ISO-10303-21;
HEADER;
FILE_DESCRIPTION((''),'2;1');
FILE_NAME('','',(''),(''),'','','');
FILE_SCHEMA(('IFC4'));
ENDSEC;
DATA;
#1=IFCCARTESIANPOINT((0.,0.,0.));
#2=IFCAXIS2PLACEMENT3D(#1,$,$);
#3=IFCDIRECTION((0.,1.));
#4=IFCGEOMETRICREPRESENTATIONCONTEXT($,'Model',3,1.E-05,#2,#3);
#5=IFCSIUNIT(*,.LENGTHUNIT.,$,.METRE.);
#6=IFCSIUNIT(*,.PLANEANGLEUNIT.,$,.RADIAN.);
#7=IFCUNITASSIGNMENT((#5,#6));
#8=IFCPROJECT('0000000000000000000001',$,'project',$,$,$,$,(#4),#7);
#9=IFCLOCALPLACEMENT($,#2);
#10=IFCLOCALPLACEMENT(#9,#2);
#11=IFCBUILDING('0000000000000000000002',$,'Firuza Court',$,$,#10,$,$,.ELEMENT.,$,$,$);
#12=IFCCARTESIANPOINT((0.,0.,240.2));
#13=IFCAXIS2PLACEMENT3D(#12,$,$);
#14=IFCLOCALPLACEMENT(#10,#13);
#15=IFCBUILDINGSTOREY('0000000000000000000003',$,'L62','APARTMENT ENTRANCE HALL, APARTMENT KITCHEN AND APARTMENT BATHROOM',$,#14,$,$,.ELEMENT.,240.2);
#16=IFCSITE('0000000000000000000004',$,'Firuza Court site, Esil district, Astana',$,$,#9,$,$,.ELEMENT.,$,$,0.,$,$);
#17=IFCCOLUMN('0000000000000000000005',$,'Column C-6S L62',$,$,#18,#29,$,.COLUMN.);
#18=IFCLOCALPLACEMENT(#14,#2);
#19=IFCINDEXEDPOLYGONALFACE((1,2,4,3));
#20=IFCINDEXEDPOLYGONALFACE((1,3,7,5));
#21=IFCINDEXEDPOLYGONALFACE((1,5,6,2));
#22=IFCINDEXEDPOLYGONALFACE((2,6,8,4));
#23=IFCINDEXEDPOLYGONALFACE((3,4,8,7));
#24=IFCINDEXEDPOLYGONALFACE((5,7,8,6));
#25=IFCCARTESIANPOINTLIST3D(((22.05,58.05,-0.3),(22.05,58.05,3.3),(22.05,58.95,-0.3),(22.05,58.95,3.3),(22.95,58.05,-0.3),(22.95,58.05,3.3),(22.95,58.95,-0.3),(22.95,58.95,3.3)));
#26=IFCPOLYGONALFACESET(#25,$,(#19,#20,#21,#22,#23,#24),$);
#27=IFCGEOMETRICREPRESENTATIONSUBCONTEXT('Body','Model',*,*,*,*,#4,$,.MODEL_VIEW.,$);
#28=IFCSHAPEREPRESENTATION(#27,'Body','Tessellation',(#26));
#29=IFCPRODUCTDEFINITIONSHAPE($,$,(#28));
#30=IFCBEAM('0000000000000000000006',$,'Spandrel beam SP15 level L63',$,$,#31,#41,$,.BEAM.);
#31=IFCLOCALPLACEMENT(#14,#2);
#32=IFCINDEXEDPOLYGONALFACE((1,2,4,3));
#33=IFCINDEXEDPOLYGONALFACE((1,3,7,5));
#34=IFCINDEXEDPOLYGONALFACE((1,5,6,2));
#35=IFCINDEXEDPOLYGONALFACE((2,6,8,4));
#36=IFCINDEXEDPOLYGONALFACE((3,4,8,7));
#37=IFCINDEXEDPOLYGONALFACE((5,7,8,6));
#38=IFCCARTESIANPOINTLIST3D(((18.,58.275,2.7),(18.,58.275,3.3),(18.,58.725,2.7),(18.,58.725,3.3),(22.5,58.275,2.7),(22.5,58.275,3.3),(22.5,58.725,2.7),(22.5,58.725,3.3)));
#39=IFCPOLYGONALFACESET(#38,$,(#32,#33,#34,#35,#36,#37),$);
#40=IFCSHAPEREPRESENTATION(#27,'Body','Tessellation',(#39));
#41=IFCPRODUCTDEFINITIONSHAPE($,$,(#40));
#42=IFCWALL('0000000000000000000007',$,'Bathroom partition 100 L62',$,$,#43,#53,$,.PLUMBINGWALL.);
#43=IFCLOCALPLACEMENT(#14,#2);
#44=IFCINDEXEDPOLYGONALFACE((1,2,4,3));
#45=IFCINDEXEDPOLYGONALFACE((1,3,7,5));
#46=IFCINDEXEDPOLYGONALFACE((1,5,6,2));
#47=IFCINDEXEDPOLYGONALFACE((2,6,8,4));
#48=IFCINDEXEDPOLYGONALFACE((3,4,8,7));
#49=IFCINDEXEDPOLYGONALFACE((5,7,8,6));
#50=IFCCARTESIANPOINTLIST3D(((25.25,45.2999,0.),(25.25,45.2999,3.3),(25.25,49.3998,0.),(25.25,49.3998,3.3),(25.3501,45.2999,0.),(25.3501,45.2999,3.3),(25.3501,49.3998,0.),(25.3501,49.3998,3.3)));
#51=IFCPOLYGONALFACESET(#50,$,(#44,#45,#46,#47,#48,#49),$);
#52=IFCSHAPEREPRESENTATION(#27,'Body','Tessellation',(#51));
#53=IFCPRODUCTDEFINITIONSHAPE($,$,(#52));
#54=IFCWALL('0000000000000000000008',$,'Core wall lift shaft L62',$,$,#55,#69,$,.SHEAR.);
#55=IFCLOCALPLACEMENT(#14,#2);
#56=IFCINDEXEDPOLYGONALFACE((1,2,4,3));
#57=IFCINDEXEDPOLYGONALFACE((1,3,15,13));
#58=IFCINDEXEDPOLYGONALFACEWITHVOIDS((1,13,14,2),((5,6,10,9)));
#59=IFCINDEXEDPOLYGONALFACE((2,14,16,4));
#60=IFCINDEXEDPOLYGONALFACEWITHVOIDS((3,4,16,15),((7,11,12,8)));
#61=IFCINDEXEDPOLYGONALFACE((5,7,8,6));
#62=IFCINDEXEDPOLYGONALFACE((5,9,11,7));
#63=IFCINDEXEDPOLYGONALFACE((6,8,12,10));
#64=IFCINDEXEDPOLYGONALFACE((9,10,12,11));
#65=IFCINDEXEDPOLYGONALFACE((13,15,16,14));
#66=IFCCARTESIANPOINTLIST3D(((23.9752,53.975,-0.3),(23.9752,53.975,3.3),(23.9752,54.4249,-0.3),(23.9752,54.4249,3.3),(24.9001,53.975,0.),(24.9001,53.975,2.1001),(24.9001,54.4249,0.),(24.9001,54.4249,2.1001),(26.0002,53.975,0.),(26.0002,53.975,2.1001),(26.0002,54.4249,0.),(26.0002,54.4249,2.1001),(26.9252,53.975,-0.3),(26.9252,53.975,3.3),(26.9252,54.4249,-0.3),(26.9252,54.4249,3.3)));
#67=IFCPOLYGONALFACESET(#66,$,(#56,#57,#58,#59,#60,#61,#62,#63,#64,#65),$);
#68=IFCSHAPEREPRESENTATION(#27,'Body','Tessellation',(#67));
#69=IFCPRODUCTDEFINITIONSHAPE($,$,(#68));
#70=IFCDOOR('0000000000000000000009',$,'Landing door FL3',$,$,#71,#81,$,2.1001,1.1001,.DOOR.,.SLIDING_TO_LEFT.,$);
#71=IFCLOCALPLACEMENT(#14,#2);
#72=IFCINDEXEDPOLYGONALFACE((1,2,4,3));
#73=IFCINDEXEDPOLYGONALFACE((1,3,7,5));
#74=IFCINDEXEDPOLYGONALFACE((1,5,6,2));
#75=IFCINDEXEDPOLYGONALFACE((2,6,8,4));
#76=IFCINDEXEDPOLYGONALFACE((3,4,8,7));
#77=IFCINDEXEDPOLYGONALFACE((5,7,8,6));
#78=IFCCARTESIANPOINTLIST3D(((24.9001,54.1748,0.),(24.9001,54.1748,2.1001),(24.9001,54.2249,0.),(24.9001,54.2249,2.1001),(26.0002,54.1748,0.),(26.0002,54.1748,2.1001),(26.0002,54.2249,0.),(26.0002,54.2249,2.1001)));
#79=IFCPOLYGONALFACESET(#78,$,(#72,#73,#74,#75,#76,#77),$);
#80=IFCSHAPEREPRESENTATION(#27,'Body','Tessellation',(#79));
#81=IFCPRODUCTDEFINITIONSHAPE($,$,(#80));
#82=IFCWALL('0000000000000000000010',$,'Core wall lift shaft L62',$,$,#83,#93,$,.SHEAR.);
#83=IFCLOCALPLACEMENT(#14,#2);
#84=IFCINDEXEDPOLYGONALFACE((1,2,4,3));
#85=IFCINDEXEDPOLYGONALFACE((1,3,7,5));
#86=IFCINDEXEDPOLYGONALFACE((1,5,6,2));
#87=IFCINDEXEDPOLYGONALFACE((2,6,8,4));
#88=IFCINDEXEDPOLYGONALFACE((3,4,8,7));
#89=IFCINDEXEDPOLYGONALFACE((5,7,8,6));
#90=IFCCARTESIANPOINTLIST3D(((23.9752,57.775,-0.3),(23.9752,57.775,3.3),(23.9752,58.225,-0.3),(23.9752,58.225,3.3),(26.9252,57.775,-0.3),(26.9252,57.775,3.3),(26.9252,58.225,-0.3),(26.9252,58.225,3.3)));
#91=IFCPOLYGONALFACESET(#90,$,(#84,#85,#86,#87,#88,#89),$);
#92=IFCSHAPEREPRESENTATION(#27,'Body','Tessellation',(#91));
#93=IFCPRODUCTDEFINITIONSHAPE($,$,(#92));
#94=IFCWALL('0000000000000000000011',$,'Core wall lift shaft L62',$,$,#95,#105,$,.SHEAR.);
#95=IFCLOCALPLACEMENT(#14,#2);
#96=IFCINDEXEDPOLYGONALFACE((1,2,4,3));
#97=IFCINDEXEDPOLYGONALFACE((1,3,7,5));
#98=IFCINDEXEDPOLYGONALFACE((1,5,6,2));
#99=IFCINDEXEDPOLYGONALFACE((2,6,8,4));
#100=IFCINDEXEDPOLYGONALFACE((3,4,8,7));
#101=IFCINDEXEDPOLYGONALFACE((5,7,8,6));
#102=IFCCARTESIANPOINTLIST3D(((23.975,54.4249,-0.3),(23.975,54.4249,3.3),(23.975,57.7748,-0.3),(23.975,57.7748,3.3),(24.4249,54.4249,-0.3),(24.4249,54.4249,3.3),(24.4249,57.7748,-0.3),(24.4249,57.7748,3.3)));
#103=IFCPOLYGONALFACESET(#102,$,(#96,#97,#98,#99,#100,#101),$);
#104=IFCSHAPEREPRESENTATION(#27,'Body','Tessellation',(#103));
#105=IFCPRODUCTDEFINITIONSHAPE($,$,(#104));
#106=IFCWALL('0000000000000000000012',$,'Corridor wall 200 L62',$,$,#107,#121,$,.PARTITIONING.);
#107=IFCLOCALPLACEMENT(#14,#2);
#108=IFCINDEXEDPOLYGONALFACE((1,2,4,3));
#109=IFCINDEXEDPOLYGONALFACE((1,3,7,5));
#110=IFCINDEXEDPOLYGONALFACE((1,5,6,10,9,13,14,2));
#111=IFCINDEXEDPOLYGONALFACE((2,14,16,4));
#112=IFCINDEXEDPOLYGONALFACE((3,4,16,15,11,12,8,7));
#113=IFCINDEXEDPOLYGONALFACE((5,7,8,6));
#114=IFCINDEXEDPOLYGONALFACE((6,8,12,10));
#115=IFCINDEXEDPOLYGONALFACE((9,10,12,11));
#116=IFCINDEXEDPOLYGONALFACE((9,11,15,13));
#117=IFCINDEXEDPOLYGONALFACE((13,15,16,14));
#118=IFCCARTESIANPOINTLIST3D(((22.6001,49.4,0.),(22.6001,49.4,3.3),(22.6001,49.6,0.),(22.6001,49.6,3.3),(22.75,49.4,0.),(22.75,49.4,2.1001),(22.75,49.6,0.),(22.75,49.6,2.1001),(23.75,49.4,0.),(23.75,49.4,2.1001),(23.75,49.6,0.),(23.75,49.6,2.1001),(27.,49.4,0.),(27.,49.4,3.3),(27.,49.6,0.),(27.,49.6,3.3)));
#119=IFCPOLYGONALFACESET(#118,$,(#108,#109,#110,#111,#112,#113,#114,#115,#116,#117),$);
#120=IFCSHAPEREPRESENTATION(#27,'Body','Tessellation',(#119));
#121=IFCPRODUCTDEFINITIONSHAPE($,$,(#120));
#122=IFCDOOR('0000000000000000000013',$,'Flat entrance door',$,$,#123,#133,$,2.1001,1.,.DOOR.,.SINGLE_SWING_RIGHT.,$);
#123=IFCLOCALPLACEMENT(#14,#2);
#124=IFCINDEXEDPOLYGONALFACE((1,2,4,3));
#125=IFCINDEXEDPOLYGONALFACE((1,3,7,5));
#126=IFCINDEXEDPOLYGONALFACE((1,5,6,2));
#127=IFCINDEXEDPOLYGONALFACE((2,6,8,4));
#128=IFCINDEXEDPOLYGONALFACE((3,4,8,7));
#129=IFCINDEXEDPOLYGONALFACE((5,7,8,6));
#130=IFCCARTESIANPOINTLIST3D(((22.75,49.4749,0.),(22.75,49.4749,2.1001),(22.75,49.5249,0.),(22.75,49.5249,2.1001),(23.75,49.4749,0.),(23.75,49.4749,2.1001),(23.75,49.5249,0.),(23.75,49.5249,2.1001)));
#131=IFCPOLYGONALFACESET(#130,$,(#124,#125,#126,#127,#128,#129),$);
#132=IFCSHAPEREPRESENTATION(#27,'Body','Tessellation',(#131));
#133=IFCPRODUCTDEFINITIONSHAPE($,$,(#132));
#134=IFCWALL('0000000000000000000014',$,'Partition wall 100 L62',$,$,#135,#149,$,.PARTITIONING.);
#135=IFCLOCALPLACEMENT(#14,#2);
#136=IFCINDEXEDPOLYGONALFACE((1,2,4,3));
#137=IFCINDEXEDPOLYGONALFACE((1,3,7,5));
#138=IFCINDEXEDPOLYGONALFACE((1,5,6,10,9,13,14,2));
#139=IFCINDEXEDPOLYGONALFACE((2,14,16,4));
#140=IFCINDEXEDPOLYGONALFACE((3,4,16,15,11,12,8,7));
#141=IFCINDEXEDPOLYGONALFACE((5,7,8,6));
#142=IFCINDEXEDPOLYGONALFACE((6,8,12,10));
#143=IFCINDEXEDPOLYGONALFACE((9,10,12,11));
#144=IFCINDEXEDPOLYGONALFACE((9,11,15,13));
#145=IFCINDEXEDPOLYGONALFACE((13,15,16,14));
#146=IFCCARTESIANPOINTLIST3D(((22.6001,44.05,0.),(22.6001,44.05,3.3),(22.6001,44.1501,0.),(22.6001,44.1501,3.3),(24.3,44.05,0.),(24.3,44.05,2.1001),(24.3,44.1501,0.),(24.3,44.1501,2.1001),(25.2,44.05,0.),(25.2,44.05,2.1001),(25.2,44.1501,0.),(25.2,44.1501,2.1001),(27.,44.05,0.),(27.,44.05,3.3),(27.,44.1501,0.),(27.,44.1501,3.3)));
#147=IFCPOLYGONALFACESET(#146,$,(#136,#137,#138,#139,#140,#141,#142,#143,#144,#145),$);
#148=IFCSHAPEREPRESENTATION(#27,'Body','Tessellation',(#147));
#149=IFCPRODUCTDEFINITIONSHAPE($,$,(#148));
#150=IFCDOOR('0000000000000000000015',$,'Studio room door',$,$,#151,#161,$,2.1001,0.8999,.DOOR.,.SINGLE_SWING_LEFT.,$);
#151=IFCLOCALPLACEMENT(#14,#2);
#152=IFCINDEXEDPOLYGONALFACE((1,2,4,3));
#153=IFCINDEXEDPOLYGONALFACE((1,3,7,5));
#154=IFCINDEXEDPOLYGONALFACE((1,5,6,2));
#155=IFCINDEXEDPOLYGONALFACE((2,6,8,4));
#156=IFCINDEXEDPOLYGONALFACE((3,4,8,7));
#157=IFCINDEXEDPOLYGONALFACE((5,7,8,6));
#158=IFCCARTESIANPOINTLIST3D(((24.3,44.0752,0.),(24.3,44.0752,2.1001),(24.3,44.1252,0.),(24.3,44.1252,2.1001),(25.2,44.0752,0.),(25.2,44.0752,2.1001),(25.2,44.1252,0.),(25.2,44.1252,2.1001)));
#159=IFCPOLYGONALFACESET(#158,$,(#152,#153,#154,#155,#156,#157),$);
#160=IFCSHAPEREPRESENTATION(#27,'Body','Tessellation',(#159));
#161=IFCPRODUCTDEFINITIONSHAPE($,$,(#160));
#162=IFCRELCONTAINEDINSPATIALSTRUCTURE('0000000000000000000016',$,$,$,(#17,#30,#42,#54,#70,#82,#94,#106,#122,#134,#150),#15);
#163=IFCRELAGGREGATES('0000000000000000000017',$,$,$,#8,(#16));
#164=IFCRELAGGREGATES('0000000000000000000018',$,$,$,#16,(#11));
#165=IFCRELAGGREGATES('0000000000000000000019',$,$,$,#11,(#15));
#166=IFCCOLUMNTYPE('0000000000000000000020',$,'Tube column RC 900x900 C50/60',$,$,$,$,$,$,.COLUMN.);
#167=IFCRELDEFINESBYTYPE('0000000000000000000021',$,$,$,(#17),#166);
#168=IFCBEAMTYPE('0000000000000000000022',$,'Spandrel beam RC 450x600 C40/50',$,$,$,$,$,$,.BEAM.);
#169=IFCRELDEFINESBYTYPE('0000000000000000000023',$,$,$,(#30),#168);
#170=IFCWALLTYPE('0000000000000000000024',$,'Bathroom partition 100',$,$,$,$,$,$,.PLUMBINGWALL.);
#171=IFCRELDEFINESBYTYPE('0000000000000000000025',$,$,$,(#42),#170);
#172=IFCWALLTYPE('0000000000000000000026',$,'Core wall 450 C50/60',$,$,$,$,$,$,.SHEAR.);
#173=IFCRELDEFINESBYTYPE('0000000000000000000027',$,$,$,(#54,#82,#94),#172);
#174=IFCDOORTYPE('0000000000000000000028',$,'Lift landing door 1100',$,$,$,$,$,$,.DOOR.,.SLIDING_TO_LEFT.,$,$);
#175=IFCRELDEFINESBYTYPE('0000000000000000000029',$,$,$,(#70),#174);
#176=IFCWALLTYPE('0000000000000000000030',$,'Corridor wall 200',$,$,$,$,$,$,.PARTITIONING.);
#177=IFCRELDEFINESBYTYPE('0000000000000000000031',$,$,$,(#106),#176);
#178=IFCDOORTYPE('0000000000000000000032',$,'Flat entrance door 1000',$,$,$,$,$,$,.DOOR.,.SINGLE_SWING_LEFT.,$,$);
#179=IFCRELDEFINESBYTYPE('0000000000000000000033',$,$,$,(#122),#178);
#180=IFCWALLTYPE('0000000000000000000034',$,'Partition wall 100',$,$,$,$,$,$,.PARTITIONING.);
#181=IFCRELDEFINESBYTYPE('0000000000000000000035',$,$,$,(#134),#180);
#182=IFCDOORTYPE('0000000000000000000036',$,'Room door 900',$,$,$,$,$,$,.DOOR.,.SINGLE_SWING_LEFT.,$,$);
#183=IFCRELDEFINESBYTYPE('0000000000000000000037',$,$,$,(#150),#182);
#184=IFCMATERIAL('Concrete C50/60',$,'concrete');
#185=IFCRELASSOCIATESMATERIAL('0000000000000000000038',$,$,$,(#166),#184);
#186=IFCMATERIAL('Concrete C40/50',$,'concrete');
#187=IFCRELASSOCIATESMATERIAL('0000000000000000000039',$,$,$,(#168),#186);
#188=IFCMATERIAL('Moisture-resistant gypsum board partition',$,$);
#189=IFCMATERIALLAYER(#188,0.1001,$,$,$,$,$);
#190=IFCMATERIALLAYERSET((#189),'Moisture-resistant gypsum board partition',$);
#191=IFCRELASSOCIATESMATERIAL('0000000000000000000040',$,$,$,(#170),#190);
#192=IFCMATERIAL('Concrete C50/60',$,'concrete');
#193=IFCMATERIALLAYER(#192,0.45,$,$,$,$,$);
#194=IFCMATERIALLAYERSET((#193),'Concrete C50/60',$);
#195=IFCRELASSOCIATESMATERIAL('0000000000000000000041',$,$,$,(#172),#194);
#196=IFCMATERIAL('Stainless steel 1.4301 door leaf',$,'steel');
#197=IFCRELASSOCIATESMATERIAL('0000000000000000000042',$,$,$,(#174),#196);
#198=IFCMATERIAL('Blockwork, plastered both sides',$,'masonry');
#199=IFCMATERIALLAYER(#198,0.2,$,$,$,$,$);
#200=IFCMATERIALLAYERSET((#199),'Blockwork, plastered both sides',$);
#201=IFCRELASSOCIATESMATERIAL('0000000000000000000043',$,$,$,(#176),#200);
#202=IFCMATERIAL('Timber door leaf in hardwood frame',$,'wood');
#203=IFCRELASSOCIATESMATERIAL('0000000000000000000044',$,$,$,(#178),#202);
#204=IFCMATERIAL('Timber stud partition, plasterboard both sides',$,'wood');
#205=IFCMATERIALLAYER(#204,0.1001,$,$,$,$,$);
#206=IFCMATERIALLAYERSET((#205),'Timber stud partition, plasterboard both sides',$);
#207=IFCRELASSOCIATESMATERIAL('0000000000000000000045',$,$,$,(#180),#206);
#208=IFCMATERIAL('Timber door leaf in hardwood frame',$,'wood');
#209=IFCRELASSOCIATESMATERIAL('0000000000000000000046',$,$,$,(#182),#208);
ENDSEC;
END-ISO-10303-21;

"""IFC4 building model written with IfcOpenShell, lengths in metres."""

from ifc_helpers import new_model, si_unit, direction, frame, frame_2d, origin, origin_2d, place, context, subcontext, project, spatial, rectangle, extrude, material, layer, layer_set, material_profile, profile_set, type_object, element, fill, save


model = new_model("IFC4")

# Units and contexts
model_context = context("Model", 3, precision=1e-05, world=origin(), true_north=direction((0.0, 1.0)))
body_context = subcontext(model_context, "Body", "Model", "MODEL_VIEW")
ifc_project = project(units=[si_unit("LENGTHUNIT", "METRE"), si_unit("PLANEANGLEUNIT", "RADIAN")], contexts=[model_context])

# Site, building, storey
site_placement = place(None, origin())
site = spatial("IfcSite", under=ifc_project, at=site_placement, Name="Firuza Court site, Esil district, Astana", CompositionType="ELEMENT", RefElevation=0.0)
building_placement = place(site_placement, origin())
building = spatial("IfcBuilding", under=site, at=building_placement, Name="Firuza Court", CompositionType="ELEMENT")
storey_placement = place(building_placement, frame((0.0, 0.0, 240.2)))
storey = spatial("IfcBuildingStorey", under=building, at=storey_placement, Name="L62", Description="APARTMENT ENTRANCE HALL, APARTMENT KITCHEN AND APARTMENT BATHROOM", CompositionType="ELEMENT", Elevation=240.2)

# Column
ifc_material_1 = material(Name="Concrete C50/60", Category="concrete")
ifc_material_profile_1 = material_profile(ifc_material_1, rectangle(XDim=0.8999, YDim=0.8999, at=origin_2d()), Name="RC 900x900")
ifc_profile_set_1 = profile_set([ifc_material_profile_1], Name="Concrete C50/60")
column_type = type_object("IfcColumnType", Name="Tube column RC 900x900 C50/60", PredefinedType="COLUMN", material=ifc_profile_set_1)
column_placement = place(storey_placement, frame((22.5, 58.5, -0.3), z_axis=(0.0, 0.0, 1.0), x_axis=(1.0, 0.0, 0.0)))
element("IfcColumn", 1, at=column_placement, inside=storey, type_object=column_type, Name="Column C-6S L62", PredefinedType="COLUMN", context=body_context, shape_type="SweptSolid", body=[
    extrude(rectangle(XDim=0.8999, YDim=0.8999, at=origin_2d()), origin(), (0.0, 0.0, 1.0), 3.6001),
])

# Beam
ifc_material_2 = material(Name="Concrete C40/50", Category="concrete")
ifc_material_profile_2 = material_profile(ifc_material_2, rectangle(XDim=0.45, YDim=0.6001, at=origin_2d()), Name="RC 450x600")
ifc_profile_set_2 = profile_set([ifc_material_profile_2], Name="Concrete C40/50")
beam_type = type_object("IfcBeamType", Name="Spandrel beam RC 450x600 C40/50", PredefinedType="BEAM", material=ifc_profile_set_2)
beam_placement = place(storey_placement, frame((22.5, 58.5, 3.0), z_axis=(-1.0, 0.0, 0.0), x_axis=(0.0, -1.0, 0.0)))
element("IfcBeam", 2, at=beam_placement, inside=storey, type_object=beam_type, Name="Spandrel beam SP15 level L63", PredefinedType="BEAM", context=body_context, shape_type="SweptSolid", body=[
    extrude(rectangle(XDim=0.45, YDim=0.6001, at=origin_2d()), origin(), (0.0, 0.0, 1.0), 4.5),
])

# Wall
ifc_material_3 = material(Name="Moisture-resistant gypsum board partition")
ifc_layer_1 = layer(ifc_material_3, 0.1001)
ifc_layer_set_1 = layer_set([ifc_layer_1], Name="Moisture-resistant gypsum board partition")
wall_type_1 = type_object("IfcWallType", Name="Bathroom partition 100", PredefinedType="PLUMBINGWALL", material=ifc_layer_set_1)
wall_1_placement = place(storey_placement, frame((25.3, 45.3, 0.0), z_axis=(0.0, 0.0, 1.0), x_axis=(0.0, 1.0, 0.0)))
element("IfcWall", 3, at=wall_1_placement, inside=storey, type_object=wall_type_1, Name="Bathroom partition 100 L62", PredefinedType="PLUMBINGWALL", context=body_context, shape_type="SweptSolid", body=[
    extrude(rectangle(XDim=4.0999, YDim=0.1001, at=frame_2d((2.0498, 0.0))), origin(), (0.0, 0.0, 1.0), 3.3),
])

# Wall, opening, door
ifc_material_4 = material(Name="Concrete C50/60", Category="concrete")
ifc_layer_2 = layer(ifc_material_4, 0.45)
ifc_layer_set_2 = layer_set([ifc_layer_2], Name="Concrete C50/60")
wall_type_2 = type_object("IfcWallType", Name="Core wall 450 C50/60", PredefinedType="SHEAR", material=ifc_layer_set_2)
wall_2_placement = place(storey_placement, frame((23.9751, 54.2, -0.3), z_axis=(0.0, 0.0, 1.0), x_axis=(1.0, 0.0, 0.0)))
wall_2 = element("IfcWall", 4, at=wall_2_placement, inside=storey, type_object=wall_type_2, Name="Core wall lift shaft L62", PredefinedType="SHEAR", context=body_context, shape_type="SweptSolid", body=[
    extrude(rectangle(XDim=2.95, YDim=0.45, at=frame_2d((1.4751, 0.0))), origin(), (0.0, 0.0, 1.0), 3.6001),
])
opening_1_placement = place(wall_2_placement, frame((0.925, 0.0, 0.3)))
opening_1 = element("IfcOpeningElement", 5, at=opening_1_placement, cuts=wall_2, PredefinedType="OPENING", context=body_context, shape_type="SweptSolid", body=[
    extrude(rectangle(XDim=1.1001, YDim=2.1001, at=frame_2d((0.55, 1.05))), frame((0.0, 0.2368, 0.0), z_axis=(0.0, -1.0, 0.0), x_axis=(1.0, 0.0, 0.0)), (0.0, 0.0, 1.0), 0.4739),
])
ifc_material_5 = material(Name="Stainless steel 1.4301 door leaf", Category="steel")
door_type_1 = type_object("IfcDoorType", Name="Lift landing door 1100", OperationType="SLIDING_TO_LEFT", PredefinedType="DOOR", material=ifc_material_5)
door_1_placement = place(opening_1_placement, origin())
door_1 = element("IfcDoor", 6, at=door_1_placement, inside=storey, type_object=door_type_1, Name="Landing door FL3", OperationType="SLIDING_TO_LEFT", OverallHeight=2.1001, OverallWidth=1.1001, PredefinedType="DOOR", context=body_context, shape_type="SweptSolid", body=[
    extrude(rectangle(XDim=1.1001, YDim=2.1001, at=frame_2d((0.55, 1.05))), frame((0.0, 0.0249, 0.0), z_axis=(0.0, -1.0, 0.0), x_axis=(1.0, 0.0, 0.0)), (0.0, 0.0, 1.0), 0.05),
])
fill(opening_1, door_1)

# Walls
wall_3_placement = place(storey_placement, frame((23.9751, 58.0, -0.3), z_axis=(0.0, 0.0, 1.0), x_axis=(1.0, 0.0, 0.0)))
element("IfcWall", 7, at=wall_3_placement, inside=storey, type_object=wall_type_2, Name="Core wall lift shaft L62", PredefinedType="SHEAR", context=body_context, shape_type="SweptSolid", body=[
    extrude(rectangle(XDim=2.95, YDim=0.45, at=frame_2d((1.4751, 0.0))), origin(), (0.0, 0.0, 1.0), 3.6001),
])
wall_4_placement = place(storey_placement, frame((24.2, 54.425, -0.3), z_axis=(0.0, 0.0, 1.0), x_axis=(0.0, 1.0, 0.0)))
element("IfcWall", 8, at=wall_4_placement, inside=storey, type_object=wall_type_2, Name="Core wall lift shaft L62", PredefinedType="SHEAR", context=body_context, shape_type="SweptSolid", body=[
    extrude(rectangle(XDim=3.3499, YDim=0.45, at=frame_2d((1.6748, 0.0))), origin(), (0.0, 0.0, 1.0), 3.6001),
])

# Walls, openings, doors
ifc_material_6 = material(Name="Blockwork, plastered both sides", Category="masonry")
ifc_layer_3 = layer(ifc_material_6, 0.2)
ifc_layer_set_3 = layer_set([ifc_layer_3], Name="Blockwork, plastered both sides")
wall_type_3 = type_object("IfcWallType", Name="Corridor wall 200", PredefinedType="PARTITIONING", material=ifc_layer_set_3)
wall_5_placement = place(storey_placement, frame((22.6001, 49.5, 0.0), z_axis=(0.0, 0.0, 1.0), x_axis=(1.0, 0.0, 0.0)))
wall_5 = element("IfcWall", 9, at=wall_5_placement, inside=storey, type_object=wall_type_3, Name="Corridor wall 200 L62", PredefinedType="PARTITIONING", context=body_context, shape_type="SweptSolid", body=[
    extrude(rectangle(XDim=4.3999, YDim=0.2, at=frame_2d((2.2, 0.0))), origin(), (0.0, 0.0, 1.0), 3.3),
])
opening_2_placement = place(wall_5_placement, frame((0.1499, 0.0, 0.0)))
opening_2 = element("IfcOpeningElement", 10, at=opening_2_placement, cuts=wall_5, PredefinedType="OPENING", context=body_context, shape_type="SweptSolid", body=[
    extrude(rectangle(XDim=1.0, YDim=2.1001, at=frame_2d((0.5, 1.05))), frame((0.0, 0.1118, 0.0), z_axis=(0.0, -1.0, 0.0), x_axis=(1.0, 0.0, 0.0)), (0.0, 0.0, 1.0), 0.2239),
])
ifc_material_7 = material(Name="Timber door leaf in hardwood frame", Category="wood")
door_type_2 = type_object("IfcDoorType", Name="Flat entrance door 1000", OperationType="SINGLE_SWING_LEFT", PredefinedType="DOOR", material=ifc_material_7)
door_2_placement = place(opening_2_placement, origin())
door_2 = element("IfcDoor", 11, at=door_2_placement, inside=storey, type_object=door_type_2, Name="Flat entrance door", OperationType="SINGLE_SWING_RIGHT", OverallHeight=2.1001, OverallWidth=1.0, PredefinedType="DOOR", context=body_context, shape_type="SweptSolid", body=[
    extrude(rectangle(XDim=1.0, YDim=2.1001, at=frame_2d((0.5, 1.05))), frame((0.0, 0.0249, 0.0), z_axis=(0.0, -1.0, 0.0), x_axis=(1.0, 0.0, 0.0)), (0.0, 0.0, 1.0), 0.05),
])
fill(opening_2, door_2)
ifc_material_8 = material(Name="Timber stud partition, plasterboard both sides", Category="wood")
ifc_layer_4 = layer(ifc_material_8, 0.1001)
ifc_layer_set_4 = layer_set([ifc_layer_4], Name="Timber stud partition, plasterboard both sides")
wall_type_4 = type_object("IfcWallType", Name="Partition wall 100", PredefinedType="PARTITIONING", material=ifc_layer_set_4)
wall_6_placement = place(storey_placement, frame((22.6001, 44.1001, 0.0), z_axis=(0.0, 0.0, 1.0), x_axis=(1.0, 0.0, 0.0)))
wall_6 = element("IfcWall", 12, at=wall_6_placement, inside=storey, type_object=wall_type_4, Name="Partition wall 100 L62", PredefinedType="PARTITIONING", context=body_context, shape_type="SweptSolid", body=[
    extrude(rectangle(XDim=4.3999, YDim=0.1001, at=frame_2d((2.2, 0.0))), origin(), (0.0, 0.0, 1.0), 3.3),
])
opening_3_placement = place(wall_6_placement, frame((1.7, 0.0, 0.0)))
opening_3 = element("IfcOpeningElement", 13, at=opening_3_placement, cuts=wall_6, PredefinedType="OPENING", context=body_context, shape_type="SweptSolid", body=[
    extrude(rectangle(XDim=0.8999, YDim=2.1001, at=frame_2d((0.45, 1.05))), frame((0.0, 0.062, 0.0), z_axis=(0.0, -1.0, 0.0), x_axis=(1.0, 0.0, 0.0)), (0.0, 0.0, 1.0), 0.124),
])
ifc_material_9 = material(Name="Timber door leaf in hardwood frame", Category="wood")
door_type_3 = type_object("IfcDoorType", Name="Room door 900", OperationType="SINGLE_SWING_LEFT", PredefinedType="DOOR", material=ifc_material_9)
door_3_placement = place(opening_3_placement, frame((0.8999, 0.0, 0.0), z_axis=(0.0, 0.0, 1.0), x_axis=(-1.0, 0.0, 0.0)))
door_3 = element("IfcDoor", 14, at=door_3_placement, inside=storey, type_object=door_type_3, Name="Studio room door", OperationType="SINGLE_SWING_LEFT", OverallHeight=2.1001, OverallWidth=0.8999, PredefinedType="DOOR", context=body_context, shape_type="SweptSolid", body=[
    extrude(rectangle(XDim=0.8999, YDim=2.1001, at=frame_2d((0.45, 1.05))), frame((0.0, 0.0249, 0.0), z_axis=(0.0, -1.0, 0.0), x_axis=(1.0, 0.0, 0.0)), (0.0, 0.0, 1.0), 0.05),
])
fill(opening_3, door_3)

save(model, "model.ifc")
